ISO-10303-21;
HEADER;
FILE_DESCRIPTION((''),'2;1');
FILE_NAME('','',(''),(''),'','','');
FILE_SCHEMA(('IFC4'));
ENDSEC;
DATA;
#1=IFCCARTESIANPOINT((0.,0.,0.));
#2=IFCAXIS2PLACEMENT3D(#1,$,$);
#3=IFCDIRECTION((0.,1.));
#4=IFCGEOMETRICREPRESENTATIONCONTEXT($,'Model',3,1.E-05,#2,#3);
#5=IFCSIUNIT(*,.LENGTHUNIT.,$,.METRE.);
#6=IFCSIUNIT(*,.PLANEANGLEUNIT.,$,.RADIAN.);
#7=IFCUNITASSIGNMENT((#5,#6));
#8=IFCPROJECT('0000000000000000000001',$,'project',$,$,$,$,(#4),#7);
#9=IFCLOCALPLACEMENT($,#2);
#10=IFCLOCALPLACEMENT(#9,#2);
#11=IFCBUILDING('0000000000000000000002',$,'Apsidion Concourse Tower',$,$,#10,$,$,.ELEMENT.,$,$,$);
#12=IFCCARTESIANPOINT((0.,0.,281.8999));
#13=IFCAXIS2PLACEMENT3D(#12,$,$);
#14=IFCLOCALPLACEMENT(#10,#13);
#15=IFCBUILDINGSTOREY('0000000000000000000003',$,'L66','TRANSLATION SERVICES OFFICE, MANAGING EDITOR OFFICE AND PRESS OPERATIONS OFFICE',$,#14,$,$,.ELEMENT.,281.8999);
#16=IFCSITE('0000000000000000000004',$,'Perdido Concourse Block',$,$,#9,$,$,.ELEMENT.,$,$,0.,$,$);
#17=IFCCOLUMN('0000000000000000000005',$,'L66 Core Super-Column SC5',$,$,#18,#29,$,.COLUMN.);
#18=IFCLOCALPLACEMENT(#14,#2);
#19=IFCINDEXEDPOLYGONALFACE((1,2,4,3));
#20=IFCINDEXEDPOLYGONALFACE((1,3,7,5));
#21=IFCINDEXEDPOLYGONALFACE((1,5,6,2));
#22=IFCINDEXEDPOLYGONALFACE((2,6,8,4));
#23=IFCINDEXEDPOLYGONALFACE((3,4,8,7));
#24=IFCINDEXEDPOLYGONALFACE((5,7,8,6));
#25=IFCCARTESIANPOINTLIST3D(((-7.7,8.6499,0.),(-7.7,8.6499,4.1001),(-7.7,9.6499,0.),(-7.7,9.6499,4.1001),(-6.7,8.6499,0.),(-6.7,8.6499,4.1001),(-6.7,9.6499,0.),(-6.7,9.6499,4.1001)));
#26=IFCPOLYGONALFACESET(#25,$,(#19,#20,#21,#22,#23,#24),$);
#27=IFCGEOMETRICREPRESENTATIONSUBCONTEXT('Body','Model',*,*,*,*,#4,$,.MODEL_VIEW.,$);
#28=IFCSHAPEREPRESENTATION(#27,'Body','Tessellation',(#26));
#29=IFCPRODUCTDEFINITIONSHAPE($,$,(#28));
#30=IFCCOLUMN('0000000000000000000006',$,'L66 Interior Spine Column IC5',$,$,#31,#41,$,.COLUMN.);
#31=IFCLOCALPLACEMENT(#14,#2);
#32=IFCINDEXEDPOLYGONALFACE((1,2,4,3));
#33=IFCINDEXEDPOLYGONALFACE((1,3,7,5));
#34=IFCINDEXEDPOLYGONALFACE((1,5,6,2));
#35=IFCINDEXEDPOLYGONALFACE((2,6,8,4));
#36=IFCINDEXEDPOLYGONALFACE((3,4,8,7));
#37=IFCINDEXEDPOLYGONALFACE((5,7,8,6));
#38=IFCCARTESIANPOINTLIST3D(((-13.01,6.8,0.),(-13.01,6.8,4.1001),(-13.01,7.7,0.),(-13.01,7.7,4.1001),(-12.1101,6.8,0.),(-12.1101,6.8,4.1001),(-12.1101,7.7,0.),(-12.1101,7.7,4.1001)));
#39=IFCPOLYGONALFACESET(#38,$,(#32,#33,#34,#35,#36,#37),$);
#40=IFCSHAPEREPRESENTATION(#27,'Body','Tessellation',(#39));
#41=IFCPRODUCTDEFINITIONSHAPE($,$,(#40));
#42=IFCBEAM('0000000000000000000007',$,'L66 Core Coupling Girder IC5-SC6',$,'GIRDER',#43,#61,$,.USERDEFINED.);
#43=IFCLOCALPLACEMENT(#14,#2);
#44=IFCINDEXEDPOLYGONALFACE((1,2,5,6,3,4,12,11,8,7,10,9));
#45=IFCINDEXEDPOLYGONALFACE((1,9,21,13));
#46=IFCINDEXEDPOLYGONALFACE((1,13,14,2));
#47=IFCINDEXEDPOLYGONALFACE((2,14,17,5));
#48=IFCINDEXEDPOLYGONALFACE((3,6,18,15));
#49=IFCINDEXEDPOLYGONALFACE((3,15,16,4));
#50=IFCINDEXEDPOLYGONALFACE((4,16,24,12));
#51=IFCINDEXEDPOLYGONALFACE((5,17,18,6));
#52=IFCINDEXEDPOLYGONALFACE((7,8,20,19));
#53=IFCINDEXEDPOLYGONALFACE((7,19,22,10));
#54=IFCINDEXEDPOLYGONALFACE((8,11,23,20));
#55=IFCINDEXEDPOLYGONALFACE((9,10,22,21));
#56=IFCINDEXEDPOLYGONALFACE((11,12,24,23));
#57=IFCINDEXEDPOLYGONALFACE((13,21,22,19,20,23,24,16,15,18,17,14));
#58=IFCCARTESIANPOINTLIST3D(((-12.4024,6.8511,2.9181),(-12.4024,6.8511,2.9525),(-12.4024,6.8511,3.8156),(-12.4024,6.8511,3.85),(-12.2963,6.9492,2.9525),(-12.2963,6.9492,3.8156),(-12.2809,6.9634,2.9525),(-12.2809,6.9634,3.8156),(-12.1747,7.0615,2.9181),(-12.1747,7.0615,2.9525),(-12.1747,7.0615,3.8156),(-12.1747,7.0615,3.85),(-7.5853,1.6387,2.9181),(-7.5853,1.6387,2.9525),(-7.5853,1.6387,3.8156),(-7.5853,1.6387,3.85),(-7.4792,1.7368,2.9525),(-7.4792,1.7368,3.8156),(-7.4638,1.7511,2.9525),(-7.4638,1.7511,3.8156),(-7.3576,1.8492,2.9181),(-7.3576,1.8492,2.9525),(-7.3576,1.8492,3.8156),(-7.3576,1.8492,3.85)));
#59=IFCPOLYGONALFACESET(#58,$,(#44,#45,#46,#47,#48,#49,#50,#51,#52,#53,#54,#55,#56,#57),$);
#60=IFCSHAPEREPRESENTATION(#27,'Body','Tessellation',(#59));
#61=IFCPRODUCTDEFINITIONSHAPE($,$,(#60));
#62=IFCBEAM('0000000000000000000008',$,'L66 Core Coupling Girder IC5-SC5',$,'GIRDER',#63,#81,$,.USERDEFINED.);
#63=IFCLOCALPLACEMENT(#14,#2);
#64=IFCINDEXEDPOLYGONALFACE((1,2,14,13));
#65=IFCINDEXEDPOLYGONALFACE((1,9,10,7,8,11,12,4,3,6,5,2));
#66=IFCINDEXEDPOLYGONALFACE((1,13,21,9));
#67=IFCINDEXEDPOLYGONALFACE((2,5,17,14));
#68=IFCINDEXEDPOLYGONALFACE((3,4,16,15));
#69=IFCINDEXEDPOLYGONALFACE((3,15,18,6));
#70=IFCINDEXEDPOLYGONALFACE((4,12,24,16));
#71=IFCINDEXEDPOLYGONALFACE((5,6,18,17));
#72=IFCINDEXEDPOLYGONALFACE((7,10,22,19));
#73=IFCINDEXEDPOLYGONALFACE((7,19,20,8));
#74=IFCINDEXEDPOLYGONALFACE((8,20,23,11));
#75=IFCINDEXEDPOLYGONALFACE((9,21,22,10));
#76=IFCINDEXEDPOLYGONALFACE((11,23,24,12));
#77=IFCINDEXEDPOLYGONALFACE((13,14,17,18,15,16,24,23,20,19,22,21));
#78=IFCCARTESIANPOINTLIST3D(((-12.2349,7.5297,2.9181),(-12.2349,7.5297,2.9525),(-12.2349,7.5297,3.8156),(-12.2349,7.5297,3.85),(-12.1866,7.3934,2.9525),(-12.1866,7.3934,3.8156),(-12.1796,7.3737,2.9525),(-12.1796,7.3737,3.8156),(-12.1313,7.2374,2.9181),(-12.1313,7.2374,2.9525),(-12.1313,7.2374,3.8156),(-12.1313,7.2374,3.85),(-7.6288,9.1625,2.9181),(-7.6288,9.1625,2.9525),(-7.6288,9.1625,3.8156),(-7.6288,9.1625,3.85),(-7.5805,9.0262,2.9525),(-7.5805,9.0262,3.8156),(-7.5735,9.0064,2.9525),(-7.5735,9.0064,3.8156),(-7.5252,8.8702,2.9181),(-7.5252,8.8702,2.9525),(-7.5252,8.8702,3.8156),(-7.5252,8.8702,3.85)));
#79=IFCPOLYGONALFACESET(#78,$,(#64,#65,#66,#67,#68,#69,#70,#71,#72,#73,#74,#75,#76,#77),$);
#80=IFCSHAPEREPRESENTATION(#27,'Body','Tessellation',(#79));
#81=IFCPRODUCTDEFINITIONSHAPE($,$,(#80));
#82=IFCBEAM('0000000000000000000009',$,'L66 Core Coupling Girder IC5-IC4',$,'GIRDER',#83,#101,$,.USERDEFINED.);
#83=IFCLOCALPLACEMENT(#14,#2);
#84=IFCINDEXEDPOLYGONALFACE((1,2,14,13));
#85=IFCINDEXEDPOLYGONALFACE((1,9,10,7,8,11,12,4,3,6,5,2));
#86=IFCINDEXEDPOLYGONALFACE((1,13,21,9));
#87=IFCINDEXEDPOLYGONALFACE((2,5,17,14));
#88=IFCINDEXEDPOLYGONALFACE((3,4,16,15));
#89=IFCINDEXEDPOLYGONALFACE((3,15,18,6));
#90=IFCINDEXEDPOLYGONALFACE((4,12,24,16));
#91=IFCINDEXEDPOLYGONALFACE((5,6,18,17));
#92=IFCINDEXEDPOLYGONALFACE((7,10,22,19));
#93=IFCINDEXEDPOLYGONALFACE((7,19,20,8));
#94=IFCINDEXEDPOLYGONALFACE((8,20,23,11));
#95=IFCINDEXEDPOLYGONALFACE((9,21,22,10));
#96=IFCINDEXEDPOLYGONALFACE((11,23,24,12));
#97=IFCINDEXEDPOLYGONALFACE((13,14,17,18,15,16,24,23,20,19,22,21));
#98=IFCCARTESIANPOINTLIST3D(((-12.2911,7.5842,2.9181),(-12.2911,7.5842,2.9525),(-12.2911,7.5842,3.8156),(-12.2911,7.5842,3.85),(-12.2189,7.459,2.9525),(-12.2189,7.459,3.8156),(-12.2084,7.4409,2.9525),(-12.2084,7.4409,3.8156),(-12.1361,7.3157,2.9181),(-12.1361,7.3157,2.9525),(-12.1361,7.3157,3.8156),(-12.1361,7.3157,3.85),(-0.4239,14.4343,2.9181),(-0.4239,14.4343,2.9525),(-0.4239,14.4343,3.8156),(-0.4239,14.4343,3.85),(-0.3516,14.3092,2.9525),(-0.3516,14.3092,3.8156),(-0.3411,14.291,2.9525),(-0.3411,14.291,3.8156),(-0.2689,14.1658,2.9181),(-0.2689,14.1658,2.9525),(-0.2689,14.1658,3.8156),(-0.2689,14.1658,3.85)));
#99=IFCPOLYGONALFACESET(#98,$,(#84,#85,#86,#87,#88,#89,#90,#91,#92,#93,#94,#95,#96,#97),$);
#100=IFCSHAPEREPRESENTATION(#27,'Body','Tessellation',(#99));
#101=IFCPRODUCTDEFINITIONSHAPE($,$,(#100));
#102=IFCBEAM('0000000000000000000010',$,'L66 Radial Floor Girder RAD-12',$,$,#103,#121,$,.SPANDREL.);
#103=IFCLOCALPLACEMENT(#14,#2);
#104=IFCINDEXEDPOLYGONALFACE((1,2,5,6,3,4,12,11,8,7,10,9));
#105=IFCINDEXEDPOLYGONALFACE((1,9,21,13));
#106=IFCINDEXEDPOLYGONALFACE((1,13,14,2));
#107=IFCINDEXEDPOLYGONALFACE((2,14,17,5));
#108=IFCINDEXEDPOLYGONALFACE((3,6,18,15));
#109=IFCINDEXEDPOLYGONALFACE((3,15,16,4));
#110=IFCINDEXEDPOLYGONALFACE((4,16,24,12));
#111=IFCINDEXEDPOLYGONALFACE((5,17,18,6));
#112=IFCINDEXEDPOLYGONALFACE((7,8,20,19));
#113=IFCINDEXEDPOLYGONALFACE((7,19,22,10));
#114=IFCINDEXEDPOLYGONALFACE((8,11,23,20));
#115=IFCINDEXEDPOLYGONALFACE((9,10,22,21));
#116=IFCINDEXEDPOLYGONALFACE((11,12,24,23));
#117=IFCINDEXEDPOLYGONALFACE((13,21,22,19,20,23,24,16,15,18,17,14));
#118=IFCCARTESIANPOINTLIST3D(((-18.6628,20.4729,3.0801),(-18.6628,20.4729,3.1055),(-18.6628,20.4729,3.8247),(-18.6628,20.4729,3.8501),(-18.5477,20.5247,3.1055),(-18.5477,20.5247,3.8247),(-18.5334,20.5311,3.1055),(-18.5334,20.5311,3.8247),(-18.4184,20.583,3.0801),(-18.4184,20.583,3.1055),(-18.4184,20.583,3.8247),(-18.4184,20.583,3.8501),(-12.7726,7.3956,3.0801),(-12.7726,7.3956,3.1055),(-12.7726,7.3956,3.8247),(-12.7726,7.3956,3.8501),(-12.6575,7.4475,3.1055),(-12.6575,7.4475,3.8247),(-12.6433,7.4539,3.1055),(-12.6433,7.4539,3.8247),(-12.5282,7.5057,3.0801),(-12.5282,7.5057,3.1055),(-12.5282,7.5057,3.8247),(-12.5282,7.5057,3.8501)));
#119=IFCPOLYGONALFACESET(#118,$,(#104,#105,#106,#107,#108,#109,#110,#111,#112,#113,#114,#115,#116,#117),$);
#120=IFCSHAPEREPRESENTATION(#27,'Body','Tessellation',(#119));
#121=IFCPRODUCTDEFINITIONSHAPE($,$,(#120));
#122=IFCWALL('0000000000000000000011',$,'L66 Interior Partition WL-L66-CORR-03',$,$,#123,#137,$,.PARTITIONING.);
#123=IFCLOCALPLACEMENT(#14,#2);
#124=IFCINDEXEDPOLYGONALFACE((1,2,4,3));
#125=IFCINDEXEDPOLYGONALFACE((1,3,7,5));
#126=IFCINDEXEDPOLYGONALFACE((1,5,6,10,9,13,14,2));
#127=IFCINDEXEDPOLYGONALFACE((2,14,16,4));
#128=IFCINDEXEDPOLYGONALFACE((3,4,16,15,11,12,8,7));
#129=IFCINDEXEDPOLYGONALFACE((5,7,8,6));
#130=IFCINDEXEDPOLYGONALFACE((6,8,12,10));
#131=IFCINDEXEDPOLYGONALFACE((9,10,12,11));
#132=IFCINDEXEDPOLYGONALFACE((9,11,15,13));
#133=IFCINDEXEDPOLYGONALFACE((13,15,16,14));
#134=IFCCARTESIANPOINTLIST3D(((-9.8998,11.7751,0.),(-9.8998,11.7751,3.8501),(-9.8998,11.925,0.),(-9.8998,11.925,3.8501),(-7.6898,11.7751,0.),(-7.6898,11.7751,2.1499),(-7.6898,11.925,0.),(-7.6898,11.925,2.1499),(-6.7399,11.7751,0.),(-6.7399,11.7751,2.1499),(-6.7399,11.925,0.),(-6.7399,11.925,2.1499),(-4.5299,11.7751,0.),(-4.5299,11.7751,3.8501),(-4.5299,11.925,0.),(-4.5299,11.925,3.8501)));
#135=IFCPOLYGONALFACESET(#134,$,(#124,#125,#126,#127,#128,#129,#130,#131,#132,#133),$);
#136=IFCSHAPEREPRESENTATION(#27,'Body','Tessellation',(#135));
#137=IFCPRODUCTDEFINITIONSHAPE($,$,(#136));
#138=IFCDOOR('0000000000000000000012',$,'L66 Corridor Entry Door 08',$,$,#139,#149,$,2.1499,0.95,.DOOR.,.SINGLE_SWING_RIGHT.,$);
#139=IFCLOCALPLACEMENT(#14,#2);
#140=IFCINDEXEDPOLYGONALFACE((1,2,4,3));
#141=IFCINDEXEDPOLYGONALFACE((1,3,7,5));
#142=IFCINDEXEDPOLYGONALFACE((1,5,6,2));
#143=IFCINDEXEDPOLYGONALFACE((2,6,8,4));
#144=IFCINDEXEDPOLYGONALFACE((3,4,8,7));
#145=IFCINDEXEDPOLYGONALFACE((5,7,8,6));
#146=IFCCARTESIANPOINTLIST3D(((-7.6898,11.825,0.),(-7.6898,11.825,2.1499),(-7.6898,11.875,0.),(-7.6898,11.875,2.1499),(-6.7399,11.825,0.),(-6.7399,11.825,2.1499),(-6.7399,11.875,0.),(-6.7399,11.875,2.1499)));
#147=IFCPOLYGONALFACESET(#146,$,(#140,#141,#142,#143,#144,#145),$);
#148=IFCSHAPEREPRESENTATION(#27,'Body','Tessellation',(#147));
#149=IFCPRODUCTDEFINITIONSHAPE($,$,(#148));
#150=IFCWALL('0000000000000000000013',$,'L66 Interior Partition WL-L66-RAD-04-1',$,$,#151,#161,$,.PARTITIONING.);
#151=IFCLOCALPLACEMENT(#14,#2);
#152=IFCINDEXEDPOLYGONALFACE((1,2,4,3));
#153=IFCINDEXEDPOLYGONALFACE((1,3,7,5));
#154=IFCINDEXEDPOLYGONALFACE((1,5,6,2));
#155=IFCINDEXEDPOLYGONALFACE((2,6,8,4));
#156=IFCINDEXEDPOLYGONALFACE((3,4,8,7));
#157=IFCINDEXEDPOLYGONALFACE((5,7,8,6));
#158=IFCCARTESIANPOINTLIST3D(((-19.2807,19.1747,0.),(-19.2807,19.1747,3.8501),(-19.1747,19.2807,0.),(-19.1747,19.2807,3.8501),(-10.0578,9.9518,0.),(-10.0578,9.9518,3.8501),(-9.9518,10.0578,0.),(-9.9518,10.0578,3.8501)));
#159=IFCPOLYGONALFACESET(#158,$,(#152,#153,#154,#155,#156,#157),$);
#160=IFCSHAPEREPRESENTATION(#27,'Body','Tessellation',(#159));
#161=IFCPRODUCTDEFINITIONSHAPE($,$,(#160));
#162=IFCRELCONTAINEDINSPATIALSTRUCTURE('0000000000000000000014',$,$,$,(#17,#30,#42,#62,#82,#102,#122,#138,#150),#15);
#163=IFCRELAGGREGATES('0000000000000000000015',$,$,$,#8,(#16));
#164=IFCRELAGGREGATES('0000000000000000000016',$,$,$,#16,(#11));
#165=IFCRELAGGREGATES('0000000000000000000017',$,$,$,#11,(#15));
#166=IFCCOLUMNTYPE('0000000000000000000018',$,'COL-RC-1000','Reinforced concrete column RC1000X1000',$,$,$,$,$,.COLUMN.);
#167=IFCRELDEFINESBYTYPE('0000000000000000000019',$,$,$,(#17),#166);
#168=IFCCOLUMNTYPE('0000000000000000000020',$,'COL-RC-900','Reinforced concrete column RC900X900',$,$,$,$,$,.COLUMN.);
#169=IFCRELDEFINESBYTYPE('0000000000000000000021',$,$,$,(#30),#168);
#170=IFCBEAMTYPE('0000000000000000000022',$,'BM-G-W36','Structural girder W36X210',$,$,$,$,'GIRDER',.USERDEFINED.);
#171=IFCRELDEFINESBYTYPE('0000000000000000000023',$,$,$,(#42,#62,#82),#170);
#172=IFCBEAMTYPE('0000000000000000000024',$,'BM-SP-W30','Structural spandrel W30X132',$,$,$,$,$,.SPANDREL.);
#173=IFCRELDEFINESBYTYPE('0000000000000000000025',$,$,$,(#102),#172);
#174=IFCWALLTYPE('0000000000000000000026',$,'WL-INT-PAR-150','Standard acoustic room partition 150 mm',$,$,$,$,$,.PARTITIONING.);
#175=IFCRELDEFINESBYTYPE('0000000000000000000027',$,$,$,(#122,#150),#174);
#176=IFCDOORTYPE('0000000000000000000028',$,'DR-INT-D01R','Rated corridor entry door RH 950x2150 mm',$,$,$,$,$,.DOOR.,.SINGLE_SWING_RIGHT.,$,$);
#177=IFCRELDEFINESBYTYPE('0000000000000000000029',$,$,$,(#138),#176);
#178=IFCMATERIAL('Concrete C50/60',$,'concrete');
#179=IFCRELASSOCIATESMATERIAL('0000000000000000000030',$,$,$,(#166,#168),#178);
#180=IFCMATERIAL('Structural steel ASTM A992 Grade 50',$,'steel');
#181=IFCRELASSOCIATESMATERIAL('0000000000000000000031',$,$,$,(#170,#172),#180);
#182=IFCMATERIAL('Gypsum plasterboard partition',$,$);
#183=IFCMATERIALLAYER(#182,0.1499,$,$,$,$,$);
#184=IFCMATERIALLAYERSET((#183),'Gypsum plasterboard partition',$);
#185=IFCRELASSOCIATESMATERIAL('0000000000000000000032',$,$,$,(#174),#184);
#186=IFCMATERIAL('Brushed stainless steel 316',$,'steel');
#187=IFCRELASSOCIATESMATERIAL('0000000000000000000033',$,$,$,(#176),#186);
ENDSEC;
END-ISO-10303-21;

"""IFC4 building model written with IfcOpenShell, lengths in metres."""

from ifc_helpers import new_model, si_unit, direction, frame, frame_2d, origin, origin_2d, place, context, subcontext, project, spatial, rectangle, i_section, extrude, material, layer, layer_set, material_profile, profile_set, type_object, element, fill, save


model = new_model("IFC4")

# Units and contexts
model_context = context("Model", 3, precision=1e-05, world=origin(), true_north=direction((0.0, 1.0)))
body_context = subcontext(model_context, "Body", "Model", "MODEL_VIEW")
ifc_project = project(units=[si_unit("LENGTHUNIT", "METRE"), si_unit("PLANEANGLEUNIT", "RADIAN")], contexts=[model_context])

# Site, building, storey
site_placement = place(None, origin())
site = spatial("IfcSite", under=ifc_project, at=site_placement, Name="Perdido Concourse Block", CompositionType="ELEMENT", RefElevation=0.0)
building_placement = place(site_placement, origin())
building = spatial("IfcBuilding", under=site, at=building_placement, Name="Apsidion Concourse Tower", CompositionType="ELEMENT")
storey_placement = place(building_placement, frame((0.0, 0.0, 281.8999)))
storey = spatial("IfcBuildingStorey", under=building, at=storey_placement, Name="L66", Description="TRANSLATION SERVICES OFFICE, MANAGING EDITOR OFFICE AND PRESS OPERATIONS OFFICE", CompositionType="ELEMENT", Elevation=281.8999)

# Columns
ifc_material_1 = material(Name="Concrete C50/60", Category="concrete")
ifc_material_profile_1 = material_profile(ifc_material_1, rectangle(XDim=1.0, YDim=1.0, at=origin_2d()), Name="RC 1000x1000")
ifc_profile_set_1 = profile_set([ifc_material_profile_1], Name="Concrete C50/60")
column_type_1 = type_object("IfcColumnType", Name="COL-RC-1000", Description="Reinforced concrete column RC1000X1000", PredefinedType="COLUMN", material=ifc_profile_set_1)
column_1_placement = place(storey_placement, frame((-7.2, 9.1499, 0.0), z_axis=(0.0, 0.0, 1.0), x_axis=(1.0, 0.0, 0.0)))
element("IfcColumn", 1, at=column_1_placement, inside=storey, type_object=column_type_1, Name="L66 Core Super-Column SC5", PredefinedType="COLUMN", context=body_context, shape_type="SweptSolid", body=[
    extrude(rectangle(XDim=1.0, YDim=1.0, at=origin_2d()), origin(), (0.0, 0.0, 1.0), 4.1001),
])
ifc_material_profile_2 = material_profile(ifc_material_1, rectangle(XDim=0.8999, YDim=0.8999, at=origin_2d()), Name="RC 900x900")
ifc_profile_set_2 = profile_set([ifc_material_profile_2], Name="Concrete C50/60")
column_type_2 = type_object("IfcColumnType", Name="COL-RC-900", Description="Reinforced concrete column RC900X900", PredefinedType="COLUMN", material=ifc_profile_set_2)
column_2_placement = place(storey_placement, frame((-12.5601, 7.25, 0.0), z_axis=(0.0, 0.0, 1.0), x_axis=(1.0, 0.0, 0.0)))
element("IfcColumn", 2, at=column_2_placement, inside=storey, type_object=column_type_2, Name="L66 Interior Spine Column IC5", PredefinedType="COLUMN", context=body_context, shape_type="SweptSolid", body=[
    extrude(rectangle(XDim=0.8999, YDim=0.8999, at=origin_2d()), origin(), (0.0, 0.0, 1.0), 4.1001),
])

# Beams
ifc_material_2 = material(Name="Structural steel ASTM A992 Grade 50", Category="steel")
ifc_material_profile_3 = material_profile(ifc_material_2, i_section(OverallWidth=0.3101, OverallDepth=0.9319, WebThickness=0.021, FlangeThickness=0.0344, at=origin_2d()), Name="W36X210")
ifc_profile_set_3 = profile_set([ifc_material_profile_3], Name="Structural steel ASTM A992 Grade 50")
beam_type_1 = type_object("IfcBeamType", Name="BM-G-W36", Description="Structural girder W36X210", ElementType="GIRDER", PredefinedType="USERDEFINED", material=ifc_profile_set_3)
beam_1_placement = place(storey_placement, frame((-12.2886, 6.9563, 3.384), z_axis=(0.678713, -0.734404, 0.0), x_axis=(0.734404, 0.678713, 0.0)))
element("IfcBeam", 3, at=beam_1_placement, inside=storey, type_object=beam_type_1, Name="L66 Core Coupling Girder IC5-SC6", ObjectType="GIRDER", PredefinedType="USERDEFINED", context=body_context, shape_type="SweptSolid", body=[
    extrude(i_section(OverallWidth=0.3101, OverallDepth=0.9319, WebThickness=0.021, FlangeThickness=0.0344, at=origin_2d()), origin(), (0.0, 0.0, 1.0), 7.0974),
])
beam_2_placement = place(storey_placement, frame((-12.1831, 7.3835, 3.384), z_axis=(0.942534, 0.334111, 0.0), x_axis=(-0.334111, 0.942534, 0.0)))
element("IfcBeam", 4, at=beam_2_placement, inside=storey, type_object=beam_type_1, Name="L66 Core Coupling Girder IC5-SC5", ObjectType="GIRDER", PredefinedType="USERDEFINED", context=body_context, shape_type="SweptSolid", body=[
    extrude(i_section(OverallWidth=0.3101, OverallDepth=0.9319, WebThickness=0.021, FlangeThickness=0.0344, at=origin_2d()), origin(), (0.0, 0.0, 1.0), 4.887),
])
beam_3_placement = place(storey_placement, frame((-12.2136, 7.45, 3.384), z_axis=(0.86607, 0.499922, 0.0), x_axis=(-0.499922, 0.86607, 0.0)))
element("IfcBeam", 5, at=beam_3_placement, inside=storey, type_object=beam_type_1, Name="L66 Core Coupling Girder IC5-IC4", ObjectType="GIRDER", PredefinedType="USERDEFINED", context=body_context, shape_type="SweptSolid", body=[
    extrude(i_section(OverallWidth=0.3101, OverallDepth=0.9319, WebThickness=0.021, FlangeThickness=0.0344, at=origin_2d()), origin(), (0.0, 0.0, 1.0), 13.7024),
])
ifc_material_profile_4 = material_profile(ifc_material_2, i_section(OverallWidth=0.2681, OverallDepth=0.77, WebThickness=0.0156, FlangeThickness=0.0254, at=origin_2d()), Name="W30X132")
ifc_profile_set_4 = profile_set([ifc_material_profile_4], Name="Structural steel ASTM A992 Grade 50")
beam_type_2 = type_object("IfcBeamType", Name="BM-SP-W30", Description="Structural spandrel W30X132", PredefinedType="SPANDREL", material=ifc_profile_set_4)
beam_4_placement = place(storey_placement, frame((-12.6504, 7.4507, 3.4651), z_axis=(-0.410679, 0.91178, 0.0), x_axis=(-0.91178, -0.410679, 0.0)))
element("IfcBeam", 6, at=beam_4_placement, inside=storey, type_object=beam_type_2, Name="L66 Radial Floor Girder RAD-12", PredefinedType="SPANDREL", context=body_context, shape_type="SweptSolid", body=[
    extrude(i_section(OverallWidth=0.2681, OverallDepth=0.77, WebThickness=0.0156, FlangeThickness=0.0254, at=origin_2d()), origin(), (0.0, 0.0, 1.0), 14.3425),
])

# Wall, opening, door
ifc_material_3 = material(Name="Gypsum plasterboard partition")
ifc_layer_1 = layer(ifc_material_3, 0.1499)
ifc_layer_set_1 = layer_set([ifc_layer_1], Name="Gypsum plasterboard partition")
wall_type_1 = type_object("IfcWallType", Name="WL-INT-PAR-150", Description="Standard acoustic room partition 150 mm", PredefinedType="PARTITIONING", material=ifc_layer_set_1)
wall_1_placement = place(storey_placement, frame((-9.8999, 11.8501, 0.0), z_axis=(0.0, 0.0, 1.0), x_axis=(1.0, 0.0, 0.0)))
wall_1 = element("IfcWall", 7, at=wall_1_placement, inside=storey, type_object=wall_type_1, Name="L66 Interior Partition WL-L66-CORR-03", PredefinedType="PARTITIONING", context=body_context, shape_type="SweptSolid", body=[
    extrude(rectangle(XDim=5.3699, YDim=0.1499, at=frame_2d((2.6851, 0.0))), origin(), (0.0, 0.0, 1.0), 3.8501),
])
opening_1_placement = place(wall_1_placement, frame((2.21, 0.0, 0.0)))
opening_1 = element("IfcOpeningElement", 8, at=opening_1_placement, cuts=wall_1, PredefinedType="OPENING", context=body_context, shape_type="SweptSolid", body=[
    extrude(rectangle(XDim=0.95, YDim=2.1499, at=frame_2d((0.4751, 1.075))), frame((0.0, 0.085, 0.0), z_axis=(0.0, -1.0, 0.0), x_axis=(1.0, 0.0, 0.0)), (0.0, 0.0, 1.0), 0.1699),
])
ifc_material_4 = material(Name="Brushed stainless steel 316", Category="steel")
door_type_1 = type_object("IfcDoorType", Name="DR-INT-D01R", Description="Rated corridor entry door RH 950x2150 mm", OperationType="SINGLE_SWING_RIGHT", PredefinedType="DOOR", material=ifc_material_4)
door_1_placement = place(opening_1_placement, origin())
door_1 = element("IfcDoor", 9, at=door_1_placement, inside=storey, type_object=door_type_1, Name="L66 Corridor Entry Door 08", OperationType="SINGLE_SWING_RIGHT", OverallHeight=2.1499, OverallWidth=0.95, PredefinedType="DOOR", context=body_context, shape_type="SweptSolid", body=[
    extrude(rectangle(XDim=0.95, YDim=2.1499, at=frame_2d((0.4751, 1.075))), frame((0.0, 0.0249, 0.0), z_axis=(0.0, -1.0, 0.0), x_axis=(1.0, 0.0, 0.0)), (0.0, 0.0, 1.0), 0.05),
])
fill(opening_1, door_1)

# Wall
wall_2_placement = place(storey_placement, frame((-10.0049, 10.0049, 0.0), z_axis=(0.0, 0.0, 1.0), x_axis=(-0.707107, 0.707107, 0.0)))
element("IfcWall", 10, at=wall_2_placement, inside=storey, type_object=wall_type_1, Name="L66 Interior Partition WL-L66-RAD-04-1", PredefinedType="PARTITIONING", context=body_context, shape_type="SweptSolid", body=[
    extrude(rectangle(XDim=13.0432, YDim=0.1499, at=frame_2d((6.5215, 0.0))), origin(), (0.0, 0.0, 1.0), 3.8501),
])

save(model, "model.ifc")
